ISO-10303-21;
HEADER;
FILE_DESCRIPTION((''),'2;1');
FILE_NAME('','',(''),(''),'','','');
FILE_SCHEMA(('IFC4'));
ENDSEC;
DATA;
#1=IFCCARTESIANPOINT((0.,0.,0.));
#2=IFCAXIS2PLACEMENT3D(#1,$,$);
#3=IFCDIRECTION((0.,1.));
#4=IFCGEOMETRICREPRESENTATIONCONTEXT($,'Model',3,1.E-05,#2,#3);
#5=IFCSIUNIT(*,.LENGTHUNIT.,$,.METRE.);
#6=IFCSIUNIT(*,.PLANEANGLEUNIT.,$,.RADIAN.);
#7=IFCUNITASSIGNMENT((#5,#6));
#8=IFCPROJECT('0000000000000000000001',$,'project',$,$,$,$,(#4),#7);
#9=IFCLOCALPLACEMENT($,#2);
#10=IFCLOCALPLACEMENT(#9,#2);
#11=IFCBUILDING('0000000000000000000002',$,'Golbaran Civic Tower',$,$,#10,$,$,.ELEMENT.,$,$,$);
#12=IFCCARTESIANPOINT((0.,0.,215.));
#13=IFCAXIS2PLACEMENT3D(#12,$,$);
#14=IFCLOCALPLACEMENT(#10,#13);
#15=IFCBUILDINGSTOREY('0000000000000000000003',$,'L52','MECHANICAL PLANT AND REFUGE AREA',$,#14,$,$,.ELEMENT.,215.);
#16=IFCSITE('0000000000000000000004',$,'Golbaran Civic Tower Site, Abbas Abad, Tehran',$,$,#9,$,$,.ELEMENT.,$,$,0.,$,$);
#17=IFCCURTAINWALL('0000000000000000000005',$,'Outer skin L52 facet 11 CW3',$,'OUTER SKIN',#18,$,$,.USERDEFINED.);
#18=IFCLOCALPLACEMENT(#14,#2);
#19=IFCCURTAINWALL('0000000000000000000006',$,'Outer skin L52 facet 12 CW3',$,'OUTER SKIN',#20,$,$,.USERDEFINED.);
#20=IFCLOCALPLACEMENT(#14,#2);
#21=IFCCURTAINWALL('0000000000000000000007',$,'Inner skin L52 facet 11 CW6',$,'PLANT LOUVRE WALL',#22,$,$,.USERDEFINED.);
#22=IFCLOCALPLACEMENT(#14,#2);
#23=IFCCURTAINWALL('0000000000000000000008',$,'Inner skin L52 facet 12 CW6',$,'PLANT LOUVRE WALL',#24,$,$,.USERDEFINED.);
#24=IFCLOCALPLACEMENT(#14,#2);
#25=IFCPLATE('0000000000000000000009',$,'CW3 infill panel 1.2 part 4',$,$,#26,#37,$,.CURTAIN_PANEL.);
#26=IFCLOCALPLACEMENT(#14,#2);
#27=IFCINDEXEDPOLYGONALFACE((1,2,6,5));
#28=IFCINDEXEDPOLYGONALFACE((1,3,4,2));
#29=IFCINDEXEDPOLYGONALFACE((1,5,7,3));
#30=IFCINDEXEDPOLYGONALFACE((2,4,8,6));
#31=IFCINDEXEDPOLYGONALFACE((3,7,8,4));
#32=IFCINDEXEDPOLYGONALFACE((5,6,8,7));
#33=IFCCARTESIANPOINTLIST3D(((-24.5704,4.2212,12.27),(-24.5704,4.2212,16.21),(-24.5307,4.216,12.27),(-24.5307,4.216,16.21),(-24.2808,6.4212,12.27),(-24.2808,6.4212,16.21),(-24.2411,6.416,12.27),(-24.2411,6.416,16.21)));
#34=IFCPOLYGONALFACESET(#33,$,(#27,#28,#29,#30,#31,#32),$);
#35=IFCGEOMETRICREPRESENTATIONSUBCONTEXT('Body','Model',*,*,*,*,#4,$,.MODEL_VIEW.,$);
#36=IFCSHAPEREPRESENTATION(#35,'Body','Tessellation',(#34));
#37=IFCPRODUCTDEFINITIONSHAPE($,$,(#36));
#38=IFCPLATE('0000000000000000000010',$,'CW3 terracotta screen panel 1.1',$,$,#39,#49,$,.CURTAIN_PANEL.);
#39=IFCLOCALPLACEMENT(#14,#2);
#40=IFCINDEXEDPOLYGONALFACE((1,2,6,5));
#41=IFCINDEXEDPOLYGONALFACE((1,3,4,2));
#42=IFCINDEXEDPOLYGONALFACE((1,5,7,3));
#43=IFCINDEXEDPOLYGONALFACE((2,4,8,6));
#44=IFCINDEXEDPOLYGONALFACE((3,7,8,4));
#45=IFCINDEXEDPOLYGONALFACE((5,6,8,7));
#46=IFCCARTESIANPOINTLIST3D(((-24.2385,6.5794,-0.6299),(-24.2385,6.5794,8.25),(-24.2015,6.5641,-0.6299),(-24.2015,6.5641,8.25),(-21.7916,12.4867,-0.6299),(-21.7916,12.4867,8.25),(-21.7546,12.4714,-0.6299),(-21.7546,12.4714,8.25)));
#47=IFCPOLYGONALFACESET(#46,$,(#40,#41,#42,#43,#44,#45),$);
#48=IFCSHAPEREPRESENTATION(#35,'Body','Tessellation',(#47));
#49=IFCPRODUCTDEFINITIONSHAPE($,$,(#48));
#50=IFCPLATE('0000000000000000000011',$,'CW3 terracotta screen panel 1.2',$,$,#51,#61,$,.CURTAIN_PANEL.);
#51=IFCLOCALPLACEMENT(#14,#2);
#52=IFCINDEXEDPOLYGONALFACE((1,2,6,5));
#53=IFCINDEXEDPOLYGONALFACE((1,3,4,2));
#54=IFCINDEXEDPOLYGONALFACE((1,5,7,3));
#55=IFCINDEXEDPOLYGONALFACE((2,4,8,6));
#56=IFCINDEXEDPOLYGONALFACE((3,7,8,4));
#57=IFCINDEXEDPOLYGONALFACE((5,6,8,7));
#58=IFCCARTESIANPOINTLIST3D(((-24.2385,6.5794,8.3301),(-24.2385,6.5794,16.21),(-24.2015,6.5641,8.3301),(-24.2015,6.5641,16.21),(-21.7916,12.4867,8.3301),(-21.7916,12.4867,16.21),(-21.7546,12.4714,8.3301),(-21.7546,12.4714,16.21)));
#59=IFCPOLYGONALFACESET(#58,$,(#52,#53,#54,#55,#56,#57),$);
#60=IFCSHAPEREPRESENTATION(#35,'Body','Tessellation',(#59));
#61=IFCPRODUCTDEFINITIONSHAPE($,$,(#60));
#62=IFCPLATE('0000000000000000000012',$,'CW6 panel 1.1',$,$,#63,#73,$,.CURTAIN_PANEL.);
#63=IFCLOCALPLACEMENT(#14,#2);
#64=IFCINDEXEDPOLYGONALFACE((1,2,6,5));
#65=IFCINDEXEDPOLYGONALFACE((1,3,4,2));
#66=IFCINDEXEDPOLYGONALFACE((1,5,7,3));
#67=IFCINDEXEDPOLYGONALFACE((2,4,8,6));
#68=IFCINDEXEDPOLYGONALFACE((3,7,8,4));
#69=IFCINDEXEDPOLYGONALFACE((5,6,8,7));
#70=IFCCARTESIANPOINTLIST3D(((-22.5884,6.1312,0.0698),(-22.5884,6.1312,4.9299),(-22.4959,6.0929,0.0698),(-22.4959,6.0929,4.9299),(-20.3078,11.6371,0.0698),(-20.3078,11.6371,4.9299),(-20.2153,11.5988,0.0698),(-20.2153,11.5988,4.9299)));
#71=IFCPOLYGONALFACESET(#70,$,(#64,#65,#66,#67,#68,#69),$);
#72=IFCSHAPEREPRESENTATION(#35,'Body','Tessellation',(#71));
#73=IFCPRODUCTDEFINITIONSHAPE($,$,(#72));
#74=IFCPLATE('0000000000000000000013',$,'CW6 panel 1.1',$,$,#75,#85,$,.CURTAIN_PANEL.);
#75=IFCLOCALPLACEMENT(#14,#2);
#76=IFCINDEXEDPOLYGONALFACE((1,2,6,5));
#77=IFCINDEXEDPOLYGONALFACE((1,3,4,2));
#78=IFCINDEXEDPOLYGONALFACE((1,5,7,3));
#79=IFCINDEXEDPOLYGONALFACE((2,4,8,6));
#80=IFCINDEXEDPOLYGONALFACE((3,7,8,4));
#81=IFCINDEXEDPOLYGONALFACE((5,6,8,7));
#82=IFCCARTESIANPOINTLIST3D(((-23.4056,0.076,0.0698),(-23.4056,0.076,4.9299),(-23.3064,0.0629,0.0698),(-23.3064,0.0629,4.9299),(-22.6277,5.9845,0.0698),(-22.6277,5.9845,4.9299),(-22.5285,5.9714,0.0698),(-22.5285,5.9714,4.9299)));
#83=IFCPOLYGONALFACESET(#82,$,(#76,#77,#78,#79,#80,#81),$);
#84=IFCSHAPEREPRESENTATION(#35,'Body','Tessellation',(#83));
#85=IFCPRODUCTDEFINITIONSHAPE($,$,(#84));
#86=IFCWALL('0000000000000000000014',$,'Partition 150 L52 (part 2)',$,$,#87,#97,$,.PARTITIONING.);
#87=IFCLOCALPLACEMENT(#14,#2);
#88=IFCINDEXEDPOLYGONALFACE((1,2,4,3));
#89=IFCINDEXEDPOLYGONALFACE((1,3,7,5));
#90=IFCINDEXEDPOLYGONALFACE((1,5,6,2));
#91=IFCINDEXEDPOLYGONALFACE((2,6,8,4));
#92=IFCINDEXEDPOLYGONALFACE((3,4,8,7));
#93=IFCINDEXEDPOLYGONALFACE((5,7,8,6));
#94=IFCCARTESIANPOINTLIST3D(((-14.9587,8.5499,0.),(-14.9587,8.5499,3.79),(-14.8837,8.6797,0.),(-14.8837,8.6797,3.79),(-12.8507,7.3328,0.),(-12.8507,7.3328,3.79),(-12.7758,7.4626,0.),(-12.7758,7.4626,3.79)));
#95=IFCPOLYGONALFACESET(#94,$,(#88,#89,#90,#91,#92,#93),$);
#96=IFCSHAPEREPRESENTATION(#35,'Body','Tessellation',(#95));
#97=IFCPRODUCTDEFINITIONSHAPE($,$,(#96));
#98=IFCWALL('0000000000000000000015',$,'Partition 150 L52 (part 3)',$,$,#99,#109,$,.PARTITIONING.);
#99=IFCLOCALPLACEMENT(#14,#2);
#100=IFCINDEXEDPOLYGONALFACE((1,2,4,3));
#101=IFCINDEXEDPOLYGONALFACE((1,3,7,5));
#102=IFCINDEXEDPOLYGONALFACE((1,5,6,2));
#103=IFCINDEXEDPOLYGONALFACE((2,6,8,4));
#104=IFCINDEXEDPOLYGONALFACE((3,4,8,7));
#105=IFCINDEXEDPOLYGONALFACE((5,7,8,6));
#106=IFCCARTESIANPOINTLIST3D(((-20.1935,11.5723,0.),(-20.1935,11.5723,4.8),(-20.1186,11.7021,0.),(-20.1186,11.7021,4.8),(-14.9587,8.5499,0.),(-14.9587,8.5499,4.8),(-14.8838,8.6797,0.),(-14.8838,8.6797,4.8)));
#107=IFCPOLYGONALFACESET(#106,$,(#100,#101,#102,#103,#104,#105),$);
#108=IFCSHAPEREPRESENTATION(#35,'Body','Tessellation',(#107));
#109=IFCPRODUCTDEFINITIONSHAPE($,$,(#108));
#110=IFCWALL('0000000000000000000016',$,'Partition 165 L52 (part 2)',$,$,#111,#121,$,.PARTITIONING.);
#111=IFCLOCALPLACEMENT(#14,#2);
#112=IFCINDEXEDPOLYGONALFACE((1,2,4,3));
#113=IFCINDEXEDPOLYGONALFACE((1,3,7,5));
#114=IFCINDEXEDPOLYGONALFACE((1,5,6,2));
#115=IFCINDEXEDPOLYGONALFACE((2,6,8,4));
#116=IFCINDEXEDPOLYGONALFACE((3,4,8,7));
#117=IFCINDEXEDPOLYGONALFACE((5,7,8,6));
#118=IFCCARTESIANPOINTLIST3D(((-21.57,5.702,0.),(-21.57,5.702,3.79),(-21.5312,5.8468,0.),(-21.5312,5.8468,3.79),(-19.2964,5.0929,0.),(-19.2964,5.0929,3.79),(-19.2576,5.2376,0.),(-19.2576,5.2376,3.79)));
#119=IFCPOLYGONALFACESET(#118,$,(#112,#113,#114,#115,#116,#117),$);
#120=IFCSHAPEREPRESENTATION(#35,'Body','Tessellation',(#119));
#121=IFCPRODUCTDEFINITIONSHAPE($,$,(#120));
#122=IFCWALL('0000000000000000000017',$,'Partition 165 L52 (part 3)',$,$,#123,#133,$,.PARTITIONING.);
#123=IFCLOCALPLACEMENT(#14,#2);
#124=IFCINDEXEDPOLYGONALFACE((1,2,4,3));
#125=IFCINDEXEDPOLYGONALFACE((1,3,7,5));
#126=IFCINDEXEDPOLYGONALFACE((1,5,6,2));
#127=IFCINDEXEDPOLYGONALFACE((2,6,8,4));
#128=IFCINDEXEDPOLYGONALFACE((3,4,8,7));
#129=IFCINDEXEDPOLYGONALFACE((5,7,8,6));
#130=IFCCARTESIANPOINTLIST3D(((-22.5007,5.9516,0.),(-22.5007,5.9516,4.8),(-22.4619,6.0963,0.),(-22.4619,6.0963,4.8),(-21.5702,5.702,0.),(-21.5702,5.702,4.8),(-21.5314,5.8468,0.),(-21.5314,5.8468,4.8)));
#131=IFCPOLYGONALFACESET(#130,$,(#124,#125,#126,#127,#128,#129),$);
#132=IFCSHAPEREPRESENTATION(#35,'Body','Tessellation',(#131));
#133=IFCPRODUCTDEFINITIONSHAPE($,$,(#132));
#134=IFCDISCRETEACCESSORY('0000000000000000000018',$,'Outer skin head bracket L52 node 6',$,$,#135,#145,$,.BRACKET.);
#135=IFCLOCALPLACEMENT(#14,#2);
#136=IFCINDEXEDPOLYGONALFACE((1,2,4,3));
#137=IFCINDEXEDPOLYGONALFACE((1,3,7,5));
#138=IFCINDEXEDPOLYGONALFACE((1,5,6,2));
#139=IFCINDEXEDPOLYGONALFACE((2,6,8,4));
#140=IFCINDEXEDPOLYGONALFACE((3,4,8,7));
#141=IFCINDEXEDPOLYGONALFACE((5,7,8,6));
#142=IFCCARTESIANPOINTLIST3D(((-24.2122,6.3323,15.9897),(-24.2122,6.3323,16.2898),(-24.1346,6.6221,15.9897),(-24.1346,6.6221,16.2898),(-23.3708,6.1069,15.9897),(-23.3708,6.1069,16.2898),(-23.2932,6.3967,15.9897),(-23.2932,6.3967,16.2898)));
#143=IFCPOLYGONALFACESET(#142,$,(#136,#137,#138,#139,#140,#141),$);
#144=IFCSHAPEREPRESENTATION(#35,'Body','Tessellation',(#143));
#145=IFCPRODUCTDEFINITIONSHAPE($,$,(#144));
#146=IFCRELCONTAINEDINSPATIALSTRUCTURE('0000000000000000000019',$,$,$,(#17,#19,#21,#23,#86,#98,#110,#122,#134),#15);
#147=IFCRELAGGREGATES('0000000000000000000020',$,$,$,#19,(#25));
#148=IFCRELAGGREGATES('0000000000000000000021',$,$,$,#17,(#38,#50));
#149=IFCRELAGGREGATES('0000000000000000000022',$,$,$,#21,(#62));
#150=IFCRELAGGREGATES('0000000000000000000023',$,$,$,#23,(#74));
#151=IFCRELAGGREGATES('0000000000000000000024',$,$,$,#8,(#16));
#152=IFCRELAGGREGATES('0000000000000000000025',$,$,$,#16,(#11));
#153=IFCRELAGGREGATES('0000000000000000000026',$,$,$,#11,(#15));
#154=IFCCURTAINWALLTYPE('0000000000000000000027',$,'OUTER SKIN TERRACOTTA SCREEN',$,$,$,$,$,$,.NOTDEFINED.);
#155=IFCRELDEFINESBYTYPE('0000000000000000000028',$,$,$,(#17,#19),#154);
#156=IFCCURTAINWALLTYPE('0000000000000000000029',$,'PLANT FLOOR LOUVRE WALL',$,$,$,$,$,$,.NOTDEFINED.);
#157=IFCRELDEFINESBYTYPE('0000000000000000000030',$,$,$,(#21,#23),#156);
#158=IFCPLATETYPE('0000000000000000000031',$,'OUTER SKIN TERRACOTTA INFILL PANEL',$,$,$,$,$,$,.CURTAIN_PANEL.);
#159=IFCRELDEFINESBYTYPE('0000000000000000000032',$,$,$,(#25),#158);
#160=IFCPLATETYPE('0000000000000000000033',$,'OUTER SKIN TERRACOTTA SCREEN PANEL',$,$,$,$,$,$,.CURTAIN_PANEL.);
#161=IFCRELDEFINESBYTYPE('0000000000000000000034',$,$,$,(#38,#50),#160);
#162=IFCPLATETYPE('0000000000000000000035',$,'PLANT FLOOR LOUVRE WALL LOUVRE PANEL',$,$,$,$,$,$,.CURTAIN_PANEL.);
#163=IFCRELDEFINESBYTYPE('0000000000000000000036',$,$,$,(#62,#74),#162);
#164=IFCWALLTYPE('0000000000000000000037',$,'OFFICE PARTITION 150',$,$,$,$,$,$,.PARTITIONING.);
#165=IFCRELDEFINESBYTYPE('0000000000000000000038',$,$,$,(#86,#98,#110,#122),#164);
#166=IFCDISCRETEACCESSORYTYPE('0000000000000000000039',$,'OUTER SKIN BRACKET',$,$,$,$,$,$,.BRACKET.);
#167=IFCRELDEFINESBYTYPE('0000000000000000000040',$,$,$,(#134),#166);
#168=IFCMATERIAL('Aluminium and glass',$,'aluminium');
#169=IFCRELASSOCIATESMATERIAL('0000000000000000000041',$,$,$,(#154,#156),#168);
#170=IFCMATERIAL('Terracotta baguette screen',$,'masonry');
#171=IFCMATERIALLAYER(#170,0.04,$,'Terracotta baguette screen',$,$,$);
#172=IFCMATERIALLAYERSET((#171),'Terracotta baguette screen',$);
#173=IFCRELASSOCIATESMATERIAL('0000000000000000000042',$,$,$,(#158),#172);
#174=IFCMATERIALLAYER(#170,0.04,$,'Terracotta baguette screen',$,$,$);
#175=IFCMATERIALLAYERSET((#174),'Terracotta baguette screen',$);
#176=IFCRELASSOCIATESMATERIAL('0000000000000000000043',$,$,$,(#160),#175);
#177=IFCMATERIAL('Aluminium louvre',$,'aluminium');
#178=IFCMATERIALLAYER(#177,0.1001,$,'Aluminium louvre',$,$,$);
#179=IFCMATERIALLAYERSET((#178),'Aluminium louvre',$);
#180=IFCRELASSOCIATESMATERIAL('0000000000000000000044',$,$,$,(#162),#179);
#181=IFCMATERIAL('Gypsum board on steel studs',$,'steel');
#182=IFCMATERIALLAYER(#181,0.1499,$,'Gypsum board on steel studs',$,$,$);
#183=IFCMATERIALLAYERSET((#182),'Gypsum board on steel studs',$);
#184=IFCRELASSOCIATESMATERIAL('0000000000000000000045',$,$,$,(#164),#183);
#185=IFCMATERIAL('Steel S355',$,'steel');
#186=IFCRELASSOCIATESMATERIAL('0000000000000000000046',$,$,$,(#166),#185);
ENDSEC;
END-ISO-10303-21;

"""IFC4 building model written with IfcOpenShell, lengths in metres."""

from ifc_helpers import new_model, si_unit, direction, frame, frame_2d, origin, origin_2d, place, context, subcontext, project, spatial, rectangle, extrude, material, layer, layer_set, type_object, element, aggregate, save


model = new_model("IFC4")

# Units and contexts
model_context = context("Model", 3, precision=1e-05, world=origin(), true_north=direction((0.0, 1.0)))
body_context = subcontext(model_context, "Body", "Model", "MODEL_VIEW")
ifc_project = project(units=[si_unit("LENGTHUNIT", "METRE"), si_unit("PLANEANGLEUNIT", "RADIAN")], contexts=[model_context])

# Site, building, storey
site_placement = place(None, origin())
site = spatial("IfcSite", under=ifc_project, at=site_placement, Name="Golbaran Civic Tower Site, Abbas Abad, Tehran", CompositionType="ELEMENT", RefElevation=0.0)
building_placement = place(site_placement, origin())
building = spatial("IfcBuilding", under=site, at=building_placement, Name="Golbaran Civic Tower", CompositionType="ELEMENT")
storey_placement = place(building_placement, frame((0.0, 0.0, 215.0)))
storey = spatial("IfcBuildingStorey", under=building, at=storey_placement, Name="L52", Description="MECHANICAL PLANT AND REFUGE AREA", CompositionType="ELEMENT", Elevation=215.0)

# Shared definitions
ifc_material_1 = material(Name="Steel S355", Category="steel")

# Curtain wall
ifc_material_2 = material(Name="Aluminium and glass", Category="aluminium")
curtain_wall_type_1 = type_object("IfcCurtainWallType", Name="OUTER SKIN TERRACOTTA SCREEN", PredefinedType="NOTDEFINED", material=ifc_material_2)
curtain_wall_1_placement = place(storey_placement, origin())
curtain_wall_1 = element("IfcCurtainWall", 1, at=curtain_wall_1_placement, inside=storey, type_object=curtain_wall_type_1, Name="Outer skin L52 facet 11 CW3", ObjectType="OUTER SKIN", PredefinedType="USERDEFINED")

# Curtain wall
curtain_wall_2_placement = place(storey_placement, origin())
curtain_wall_2 = element("IfcCurtainWall", 2, at=curtain_wall_2_placement, inside=storey, type_object=curtain_wall_type_1, Name="Outer skin L52 facet 12 CW3", ObjectType="OUTER SKIN", PredefinedType="USERDEFINED")

# Curtain wall
curtain_wall_type_2 = type_object("IfcCurtainWallType", Name="PLANT FLOOR LOUVRE WALL", PredefinedType="NOTDEFINED", material=ifc_material_2)
curtain_wall_3_placement = place(storey_placement, origin())
curtain_wall_3 = element("IfcCurtainWall", 3, at=curtain_wall_3_placement, inside=storey, type_object=curtain_wall_type_2, Name="Inner skin L52 facet 11 CW6", ObjectType="PLANT LOUVRE WALL", PredefinedType="USERDEFINED")

# Curtain wall
curtain_wall_4_placement = place(storey_placement, origin())
curtain_wall_4 = element("IfcCurtainWall", 4, at=curtain_wall_4_placement, inside=storey, type_object=curtain_wall_type_2, Name="Inner skin L52 facet 12 CW6", ObjectType="PLANT LOUVRE WALL", PredefinedType="USERDEFINED")

# Plates
ifc_material_3 = material(Name="Terracotta baguette screen", Category="masonry")
ifc_layer_1 = layer(ifc_material_3, 0.04, Name="Terracotta baguette screen")
ifc_layer_set_1 = layer_set([ifc_layer_1], Name="Terracotta baguette screen")
plate_type_1 = type_object("IfcPlateType", Name="OUTER SKIN TERRACOTTA INFILL PANEL", PredefinedType="CURTAIN_PANEL", material=ifc_layer_set_1)
plate_1_placement = place(storey_placement, frame((-24.4058, 5.3186, 12.27), z_axis=(0.0, 0.0, 1.0), x_axis=(-0.130526, -0.991445, 0.0)))
plate_1 = element("IfcPlate", 5, at=plate_1_placement, type_object=plate_type_1, Name="CW3 infill panel 1.2 part 4", PredefinedType="CURTAIN_PANEL", context=body_context, shape_type="SweptSolid", body=[
    extrude(rectangle(XDim=2.219, YDim=0.04, at=origin_2d()), origin(), (0.0, 0.0, 1.0), 3.9399),
])
aggregate(curtain_wall_2, [plate_1])
ifc_layer_2 = layer(ifc_material_3, 0.04, Name="Terracotta baguette screen")
ifc_layer_set_2 = layer_set([ifc_layer_2], Name="Terracotta baguette screen")
plate_type_2 = type_object("IfcPlateType", Name="OUTER SKIN TERRACOTTA SCREEN PANEL", PredefinedType="CURTAIN_PANEL", material=ifc_layer_set_2)
plate_2_placement = place(storey_placement, frame((-22.9966, 9.5254, -0.6299), z_axis=(0.0, 0.0, 1.0), x_axis=(-0.382683, -0.92388, 0.0)))
plate_2 = element("IfcPlate", 6, at=plate_2_placement, type_object=plate_type_2, Name="CW3 terracotta screen panel 1.1", PredefinedType="CURTAIN_PANEL", context=body_context, shape_type="SweptSolid", body=[
    extrude(rectangle(XDim=6.394, YDim=0.04, at=origin_2d()), origin(), (0.0, 0.0, 1.0), 8.8799),
])
plate_3_placement = place(storey_placement, frame((-22.9966, 9.5254, 8.3301), z_axis=(0.0, 0.0, 1.0), x_axis=(-0.382683, -0.92388, 0.0)))
plate_3 = element("IfcPlate", 7, at=plate_3_placement, type_object=plate_type_2, Name="CW3 terracotta screen panel 1.2", PredefinedType="CURTAIN_PANEL", context=body_context, shape_type="SweptSolid", body=[
    extrude(rectangle(XDim=6.394, YDim=0.04, at=origin_2d()), origin(), (0.0, 0.0, 1.0), 7.8799),
])
aggregate(curtain_wall_1, [plate_2, plate_3])
ifc_material_4 = material(Name="Aluminium louvre", Category="aluminium")
ifc_layer_3 = layer(ifc_material_4, 0.1001, Name="Aluminium louvre")
ifc_layer_set_3 = layer_set([ifc_layer_3], Name="Aluminium louvre")
plate_type_3 = type_object("IfcPlateType", Name="PLANT FLOOR LOUVRE WALL LOUVRE PANEL", PredefinedType="CURTAIN_PANEL", material=ifc_layer_set_3)
plate_4_placement = place(storey_placement, frame((-21.4019, 8.865, 0.0698), z_axis=(0.0, 0.0, 1.0), x_axis=(-0.382683, -0.92388, 0.0)))
plate_4 = element("IfcPlate", 8, at=plate_4_placement, type_object=plate_type_3, Name="CW6 panel 1.1", PredefinedType="CURTAIN_PANEL", context=body_context, shape_type="SweptSolid", body=[
    extrude(rectangle(XDim=5.9595, YDim=0.1001, at=origin_2d()), origin(), (0.0, 0.0, 1.0), 4.8601),
])
aggregate(curtain_wall_3, [plate_4])
plate_5_placement = place(storey_placement, frame((-22.967, 3.0237, 0.0698), z_axis=(0.0, 0.0, 1.0), x_axis=(-0.130526, -0.991445, 0.0)))
plate_5 = element("IfcPlate", 9, at=plate_5_placement, type_object=plate_type_3, Name="CW6 panel 1.1", PredefinedType="CURTAIN_PANEL", context=body_context, shape_type="SweptSolid", body=[
    extrude(rectangle(XDim=5.9595, YDim=0.1001, at=origin_2d()), origin(), (0.0, 0.0, 1.0), 4.8601),
])
aggregate(curtain_wall_4, [plate_5])

# Walls
ifc_material_5 = material(Name="Gypsum board on steel studs", Category="steel")
ifc_layer_4 = layer(ifc_material_5, 0.1499, Name="Gypsum board on steel studs")
ifc_layer_set_4 = layer_set([ifc_layer_4], Name="Gypsum board on steel studs")
wall_type = type_object("IfcWallType", Name="OFFICE PARTITION 150", PredefinedType="PARTITIONING", material=ifc_layer_set_4)
wall_1_placement = place(storey_placement, frame((-12.8132, 7.3977, 0.0), z_axis=(0.0, 0.0, 1.0), x_axis=(-0.866019, 0.500012, 0.0)))
element("IfcWall", 10, at=wall_1_placement, inside=storey, type_object=wall_type, Name="Partition 150 L52 (part 2)", PredefinedType="PARTITIONING", context=body_context, shape_type="SweptSolid", body=[
    extrude(rectangle(XDim=2.4341, YDim=0.1499, at=frame_2d((1.217, 0.0))), origin(), (0.0, 0.0, 1.0), 3.79),
])
wall_2_placement = place(storey_placement, frame((-14.9211, 8.6147, 0.0), z_axis=(0.0, 0.0, 1.0), x_axis=(-0.866017, 0.500014, 0.0)))
element("IfcWall", 11, at=wall_2_placement, inside=storey, type_object=wall_type, Name="Partition 150 L52 (part 3)", PredefinedType="PARTITIONING", context=body_context, shape_type="SweptSolid", body=[
    extrude(rectangle(XDim=6.0447, YDim=0.1499, at=frame_2d((3.0225, 0.0))), origin(), (0.0, 0.0, 1.0), 4.8),
])
wall_3_placement = place(storey_placement, frame((-19.2771, 5.1653, 0.0), z_axis=(0.0, 0.0, 1.0), x_axis=(-0.965936, 0.258779, 0.0)))
element("IfcWall", 12, at=wall_3_placement, inside=storey, type_object=wall_type, Name="Partition 165 L52 (part 2)", PredefinedType="PARTITIONING", context=body_context, shape_type="SweptSolid", body=[
    extrude(rectangle(XDim=2.3538, YDim=0.1499, at=frame_2d((1.1768, 0.0))), origin(), (0.0, 0.0, 1.0), 3.79),
])
wall_4_placement = place(storey_placement, frame((-21.5508, 5.7744, 0.0), z_axis=(0.0, 0.0, 1.0), x_axis=(-0.965872, 0.259019, 0.0)))
element("IfcWall", 13, at=wall_4_placement, inside=storey, type_object=wall_type, Name="Partition 165 L52 (part 3)", PredefinedType="PARTITIONING", context=body_context, shape_type="SweptSolid", body=[
    extrude(rectangle(XDim=0.9634, YDim=0.1499, at=frame_2d((0.4817, 0.0))), origin(), (0.0, 0.0, 1.0), 4.8),
])

# Discrete accessory
discrete_accessory_type = type_object("IfcDiscreteAccessoryType", Name="OUTER SKIN BRACKET", PredefinedType="BRACKET", material=ifc_material_1)
discrete_accessory_placement = place(storey_placement, frame((-23.7527, 6.3645, 15.9897), z_axis=(0.0, 0.0, 1.0), x_axis=(-0.965926, 0.258819, 0.0)))
element("IfcDiscreteAccessory", 14, at=discrete_accessory_placement, inside=storey, type_object=discrete_accessory_type, Name="Outer skin head bracket L52 node 6", PredefinedType="BRACKET", context=body_context, shape_type="SweptSolid", body=[
    extrude(rectangle(XDim=0.8711, YDim=0.3, at=origin_2d()), origin(), (0.0, 0.0, 1.0), 0.3),
])

save(model, "model.ifc")
